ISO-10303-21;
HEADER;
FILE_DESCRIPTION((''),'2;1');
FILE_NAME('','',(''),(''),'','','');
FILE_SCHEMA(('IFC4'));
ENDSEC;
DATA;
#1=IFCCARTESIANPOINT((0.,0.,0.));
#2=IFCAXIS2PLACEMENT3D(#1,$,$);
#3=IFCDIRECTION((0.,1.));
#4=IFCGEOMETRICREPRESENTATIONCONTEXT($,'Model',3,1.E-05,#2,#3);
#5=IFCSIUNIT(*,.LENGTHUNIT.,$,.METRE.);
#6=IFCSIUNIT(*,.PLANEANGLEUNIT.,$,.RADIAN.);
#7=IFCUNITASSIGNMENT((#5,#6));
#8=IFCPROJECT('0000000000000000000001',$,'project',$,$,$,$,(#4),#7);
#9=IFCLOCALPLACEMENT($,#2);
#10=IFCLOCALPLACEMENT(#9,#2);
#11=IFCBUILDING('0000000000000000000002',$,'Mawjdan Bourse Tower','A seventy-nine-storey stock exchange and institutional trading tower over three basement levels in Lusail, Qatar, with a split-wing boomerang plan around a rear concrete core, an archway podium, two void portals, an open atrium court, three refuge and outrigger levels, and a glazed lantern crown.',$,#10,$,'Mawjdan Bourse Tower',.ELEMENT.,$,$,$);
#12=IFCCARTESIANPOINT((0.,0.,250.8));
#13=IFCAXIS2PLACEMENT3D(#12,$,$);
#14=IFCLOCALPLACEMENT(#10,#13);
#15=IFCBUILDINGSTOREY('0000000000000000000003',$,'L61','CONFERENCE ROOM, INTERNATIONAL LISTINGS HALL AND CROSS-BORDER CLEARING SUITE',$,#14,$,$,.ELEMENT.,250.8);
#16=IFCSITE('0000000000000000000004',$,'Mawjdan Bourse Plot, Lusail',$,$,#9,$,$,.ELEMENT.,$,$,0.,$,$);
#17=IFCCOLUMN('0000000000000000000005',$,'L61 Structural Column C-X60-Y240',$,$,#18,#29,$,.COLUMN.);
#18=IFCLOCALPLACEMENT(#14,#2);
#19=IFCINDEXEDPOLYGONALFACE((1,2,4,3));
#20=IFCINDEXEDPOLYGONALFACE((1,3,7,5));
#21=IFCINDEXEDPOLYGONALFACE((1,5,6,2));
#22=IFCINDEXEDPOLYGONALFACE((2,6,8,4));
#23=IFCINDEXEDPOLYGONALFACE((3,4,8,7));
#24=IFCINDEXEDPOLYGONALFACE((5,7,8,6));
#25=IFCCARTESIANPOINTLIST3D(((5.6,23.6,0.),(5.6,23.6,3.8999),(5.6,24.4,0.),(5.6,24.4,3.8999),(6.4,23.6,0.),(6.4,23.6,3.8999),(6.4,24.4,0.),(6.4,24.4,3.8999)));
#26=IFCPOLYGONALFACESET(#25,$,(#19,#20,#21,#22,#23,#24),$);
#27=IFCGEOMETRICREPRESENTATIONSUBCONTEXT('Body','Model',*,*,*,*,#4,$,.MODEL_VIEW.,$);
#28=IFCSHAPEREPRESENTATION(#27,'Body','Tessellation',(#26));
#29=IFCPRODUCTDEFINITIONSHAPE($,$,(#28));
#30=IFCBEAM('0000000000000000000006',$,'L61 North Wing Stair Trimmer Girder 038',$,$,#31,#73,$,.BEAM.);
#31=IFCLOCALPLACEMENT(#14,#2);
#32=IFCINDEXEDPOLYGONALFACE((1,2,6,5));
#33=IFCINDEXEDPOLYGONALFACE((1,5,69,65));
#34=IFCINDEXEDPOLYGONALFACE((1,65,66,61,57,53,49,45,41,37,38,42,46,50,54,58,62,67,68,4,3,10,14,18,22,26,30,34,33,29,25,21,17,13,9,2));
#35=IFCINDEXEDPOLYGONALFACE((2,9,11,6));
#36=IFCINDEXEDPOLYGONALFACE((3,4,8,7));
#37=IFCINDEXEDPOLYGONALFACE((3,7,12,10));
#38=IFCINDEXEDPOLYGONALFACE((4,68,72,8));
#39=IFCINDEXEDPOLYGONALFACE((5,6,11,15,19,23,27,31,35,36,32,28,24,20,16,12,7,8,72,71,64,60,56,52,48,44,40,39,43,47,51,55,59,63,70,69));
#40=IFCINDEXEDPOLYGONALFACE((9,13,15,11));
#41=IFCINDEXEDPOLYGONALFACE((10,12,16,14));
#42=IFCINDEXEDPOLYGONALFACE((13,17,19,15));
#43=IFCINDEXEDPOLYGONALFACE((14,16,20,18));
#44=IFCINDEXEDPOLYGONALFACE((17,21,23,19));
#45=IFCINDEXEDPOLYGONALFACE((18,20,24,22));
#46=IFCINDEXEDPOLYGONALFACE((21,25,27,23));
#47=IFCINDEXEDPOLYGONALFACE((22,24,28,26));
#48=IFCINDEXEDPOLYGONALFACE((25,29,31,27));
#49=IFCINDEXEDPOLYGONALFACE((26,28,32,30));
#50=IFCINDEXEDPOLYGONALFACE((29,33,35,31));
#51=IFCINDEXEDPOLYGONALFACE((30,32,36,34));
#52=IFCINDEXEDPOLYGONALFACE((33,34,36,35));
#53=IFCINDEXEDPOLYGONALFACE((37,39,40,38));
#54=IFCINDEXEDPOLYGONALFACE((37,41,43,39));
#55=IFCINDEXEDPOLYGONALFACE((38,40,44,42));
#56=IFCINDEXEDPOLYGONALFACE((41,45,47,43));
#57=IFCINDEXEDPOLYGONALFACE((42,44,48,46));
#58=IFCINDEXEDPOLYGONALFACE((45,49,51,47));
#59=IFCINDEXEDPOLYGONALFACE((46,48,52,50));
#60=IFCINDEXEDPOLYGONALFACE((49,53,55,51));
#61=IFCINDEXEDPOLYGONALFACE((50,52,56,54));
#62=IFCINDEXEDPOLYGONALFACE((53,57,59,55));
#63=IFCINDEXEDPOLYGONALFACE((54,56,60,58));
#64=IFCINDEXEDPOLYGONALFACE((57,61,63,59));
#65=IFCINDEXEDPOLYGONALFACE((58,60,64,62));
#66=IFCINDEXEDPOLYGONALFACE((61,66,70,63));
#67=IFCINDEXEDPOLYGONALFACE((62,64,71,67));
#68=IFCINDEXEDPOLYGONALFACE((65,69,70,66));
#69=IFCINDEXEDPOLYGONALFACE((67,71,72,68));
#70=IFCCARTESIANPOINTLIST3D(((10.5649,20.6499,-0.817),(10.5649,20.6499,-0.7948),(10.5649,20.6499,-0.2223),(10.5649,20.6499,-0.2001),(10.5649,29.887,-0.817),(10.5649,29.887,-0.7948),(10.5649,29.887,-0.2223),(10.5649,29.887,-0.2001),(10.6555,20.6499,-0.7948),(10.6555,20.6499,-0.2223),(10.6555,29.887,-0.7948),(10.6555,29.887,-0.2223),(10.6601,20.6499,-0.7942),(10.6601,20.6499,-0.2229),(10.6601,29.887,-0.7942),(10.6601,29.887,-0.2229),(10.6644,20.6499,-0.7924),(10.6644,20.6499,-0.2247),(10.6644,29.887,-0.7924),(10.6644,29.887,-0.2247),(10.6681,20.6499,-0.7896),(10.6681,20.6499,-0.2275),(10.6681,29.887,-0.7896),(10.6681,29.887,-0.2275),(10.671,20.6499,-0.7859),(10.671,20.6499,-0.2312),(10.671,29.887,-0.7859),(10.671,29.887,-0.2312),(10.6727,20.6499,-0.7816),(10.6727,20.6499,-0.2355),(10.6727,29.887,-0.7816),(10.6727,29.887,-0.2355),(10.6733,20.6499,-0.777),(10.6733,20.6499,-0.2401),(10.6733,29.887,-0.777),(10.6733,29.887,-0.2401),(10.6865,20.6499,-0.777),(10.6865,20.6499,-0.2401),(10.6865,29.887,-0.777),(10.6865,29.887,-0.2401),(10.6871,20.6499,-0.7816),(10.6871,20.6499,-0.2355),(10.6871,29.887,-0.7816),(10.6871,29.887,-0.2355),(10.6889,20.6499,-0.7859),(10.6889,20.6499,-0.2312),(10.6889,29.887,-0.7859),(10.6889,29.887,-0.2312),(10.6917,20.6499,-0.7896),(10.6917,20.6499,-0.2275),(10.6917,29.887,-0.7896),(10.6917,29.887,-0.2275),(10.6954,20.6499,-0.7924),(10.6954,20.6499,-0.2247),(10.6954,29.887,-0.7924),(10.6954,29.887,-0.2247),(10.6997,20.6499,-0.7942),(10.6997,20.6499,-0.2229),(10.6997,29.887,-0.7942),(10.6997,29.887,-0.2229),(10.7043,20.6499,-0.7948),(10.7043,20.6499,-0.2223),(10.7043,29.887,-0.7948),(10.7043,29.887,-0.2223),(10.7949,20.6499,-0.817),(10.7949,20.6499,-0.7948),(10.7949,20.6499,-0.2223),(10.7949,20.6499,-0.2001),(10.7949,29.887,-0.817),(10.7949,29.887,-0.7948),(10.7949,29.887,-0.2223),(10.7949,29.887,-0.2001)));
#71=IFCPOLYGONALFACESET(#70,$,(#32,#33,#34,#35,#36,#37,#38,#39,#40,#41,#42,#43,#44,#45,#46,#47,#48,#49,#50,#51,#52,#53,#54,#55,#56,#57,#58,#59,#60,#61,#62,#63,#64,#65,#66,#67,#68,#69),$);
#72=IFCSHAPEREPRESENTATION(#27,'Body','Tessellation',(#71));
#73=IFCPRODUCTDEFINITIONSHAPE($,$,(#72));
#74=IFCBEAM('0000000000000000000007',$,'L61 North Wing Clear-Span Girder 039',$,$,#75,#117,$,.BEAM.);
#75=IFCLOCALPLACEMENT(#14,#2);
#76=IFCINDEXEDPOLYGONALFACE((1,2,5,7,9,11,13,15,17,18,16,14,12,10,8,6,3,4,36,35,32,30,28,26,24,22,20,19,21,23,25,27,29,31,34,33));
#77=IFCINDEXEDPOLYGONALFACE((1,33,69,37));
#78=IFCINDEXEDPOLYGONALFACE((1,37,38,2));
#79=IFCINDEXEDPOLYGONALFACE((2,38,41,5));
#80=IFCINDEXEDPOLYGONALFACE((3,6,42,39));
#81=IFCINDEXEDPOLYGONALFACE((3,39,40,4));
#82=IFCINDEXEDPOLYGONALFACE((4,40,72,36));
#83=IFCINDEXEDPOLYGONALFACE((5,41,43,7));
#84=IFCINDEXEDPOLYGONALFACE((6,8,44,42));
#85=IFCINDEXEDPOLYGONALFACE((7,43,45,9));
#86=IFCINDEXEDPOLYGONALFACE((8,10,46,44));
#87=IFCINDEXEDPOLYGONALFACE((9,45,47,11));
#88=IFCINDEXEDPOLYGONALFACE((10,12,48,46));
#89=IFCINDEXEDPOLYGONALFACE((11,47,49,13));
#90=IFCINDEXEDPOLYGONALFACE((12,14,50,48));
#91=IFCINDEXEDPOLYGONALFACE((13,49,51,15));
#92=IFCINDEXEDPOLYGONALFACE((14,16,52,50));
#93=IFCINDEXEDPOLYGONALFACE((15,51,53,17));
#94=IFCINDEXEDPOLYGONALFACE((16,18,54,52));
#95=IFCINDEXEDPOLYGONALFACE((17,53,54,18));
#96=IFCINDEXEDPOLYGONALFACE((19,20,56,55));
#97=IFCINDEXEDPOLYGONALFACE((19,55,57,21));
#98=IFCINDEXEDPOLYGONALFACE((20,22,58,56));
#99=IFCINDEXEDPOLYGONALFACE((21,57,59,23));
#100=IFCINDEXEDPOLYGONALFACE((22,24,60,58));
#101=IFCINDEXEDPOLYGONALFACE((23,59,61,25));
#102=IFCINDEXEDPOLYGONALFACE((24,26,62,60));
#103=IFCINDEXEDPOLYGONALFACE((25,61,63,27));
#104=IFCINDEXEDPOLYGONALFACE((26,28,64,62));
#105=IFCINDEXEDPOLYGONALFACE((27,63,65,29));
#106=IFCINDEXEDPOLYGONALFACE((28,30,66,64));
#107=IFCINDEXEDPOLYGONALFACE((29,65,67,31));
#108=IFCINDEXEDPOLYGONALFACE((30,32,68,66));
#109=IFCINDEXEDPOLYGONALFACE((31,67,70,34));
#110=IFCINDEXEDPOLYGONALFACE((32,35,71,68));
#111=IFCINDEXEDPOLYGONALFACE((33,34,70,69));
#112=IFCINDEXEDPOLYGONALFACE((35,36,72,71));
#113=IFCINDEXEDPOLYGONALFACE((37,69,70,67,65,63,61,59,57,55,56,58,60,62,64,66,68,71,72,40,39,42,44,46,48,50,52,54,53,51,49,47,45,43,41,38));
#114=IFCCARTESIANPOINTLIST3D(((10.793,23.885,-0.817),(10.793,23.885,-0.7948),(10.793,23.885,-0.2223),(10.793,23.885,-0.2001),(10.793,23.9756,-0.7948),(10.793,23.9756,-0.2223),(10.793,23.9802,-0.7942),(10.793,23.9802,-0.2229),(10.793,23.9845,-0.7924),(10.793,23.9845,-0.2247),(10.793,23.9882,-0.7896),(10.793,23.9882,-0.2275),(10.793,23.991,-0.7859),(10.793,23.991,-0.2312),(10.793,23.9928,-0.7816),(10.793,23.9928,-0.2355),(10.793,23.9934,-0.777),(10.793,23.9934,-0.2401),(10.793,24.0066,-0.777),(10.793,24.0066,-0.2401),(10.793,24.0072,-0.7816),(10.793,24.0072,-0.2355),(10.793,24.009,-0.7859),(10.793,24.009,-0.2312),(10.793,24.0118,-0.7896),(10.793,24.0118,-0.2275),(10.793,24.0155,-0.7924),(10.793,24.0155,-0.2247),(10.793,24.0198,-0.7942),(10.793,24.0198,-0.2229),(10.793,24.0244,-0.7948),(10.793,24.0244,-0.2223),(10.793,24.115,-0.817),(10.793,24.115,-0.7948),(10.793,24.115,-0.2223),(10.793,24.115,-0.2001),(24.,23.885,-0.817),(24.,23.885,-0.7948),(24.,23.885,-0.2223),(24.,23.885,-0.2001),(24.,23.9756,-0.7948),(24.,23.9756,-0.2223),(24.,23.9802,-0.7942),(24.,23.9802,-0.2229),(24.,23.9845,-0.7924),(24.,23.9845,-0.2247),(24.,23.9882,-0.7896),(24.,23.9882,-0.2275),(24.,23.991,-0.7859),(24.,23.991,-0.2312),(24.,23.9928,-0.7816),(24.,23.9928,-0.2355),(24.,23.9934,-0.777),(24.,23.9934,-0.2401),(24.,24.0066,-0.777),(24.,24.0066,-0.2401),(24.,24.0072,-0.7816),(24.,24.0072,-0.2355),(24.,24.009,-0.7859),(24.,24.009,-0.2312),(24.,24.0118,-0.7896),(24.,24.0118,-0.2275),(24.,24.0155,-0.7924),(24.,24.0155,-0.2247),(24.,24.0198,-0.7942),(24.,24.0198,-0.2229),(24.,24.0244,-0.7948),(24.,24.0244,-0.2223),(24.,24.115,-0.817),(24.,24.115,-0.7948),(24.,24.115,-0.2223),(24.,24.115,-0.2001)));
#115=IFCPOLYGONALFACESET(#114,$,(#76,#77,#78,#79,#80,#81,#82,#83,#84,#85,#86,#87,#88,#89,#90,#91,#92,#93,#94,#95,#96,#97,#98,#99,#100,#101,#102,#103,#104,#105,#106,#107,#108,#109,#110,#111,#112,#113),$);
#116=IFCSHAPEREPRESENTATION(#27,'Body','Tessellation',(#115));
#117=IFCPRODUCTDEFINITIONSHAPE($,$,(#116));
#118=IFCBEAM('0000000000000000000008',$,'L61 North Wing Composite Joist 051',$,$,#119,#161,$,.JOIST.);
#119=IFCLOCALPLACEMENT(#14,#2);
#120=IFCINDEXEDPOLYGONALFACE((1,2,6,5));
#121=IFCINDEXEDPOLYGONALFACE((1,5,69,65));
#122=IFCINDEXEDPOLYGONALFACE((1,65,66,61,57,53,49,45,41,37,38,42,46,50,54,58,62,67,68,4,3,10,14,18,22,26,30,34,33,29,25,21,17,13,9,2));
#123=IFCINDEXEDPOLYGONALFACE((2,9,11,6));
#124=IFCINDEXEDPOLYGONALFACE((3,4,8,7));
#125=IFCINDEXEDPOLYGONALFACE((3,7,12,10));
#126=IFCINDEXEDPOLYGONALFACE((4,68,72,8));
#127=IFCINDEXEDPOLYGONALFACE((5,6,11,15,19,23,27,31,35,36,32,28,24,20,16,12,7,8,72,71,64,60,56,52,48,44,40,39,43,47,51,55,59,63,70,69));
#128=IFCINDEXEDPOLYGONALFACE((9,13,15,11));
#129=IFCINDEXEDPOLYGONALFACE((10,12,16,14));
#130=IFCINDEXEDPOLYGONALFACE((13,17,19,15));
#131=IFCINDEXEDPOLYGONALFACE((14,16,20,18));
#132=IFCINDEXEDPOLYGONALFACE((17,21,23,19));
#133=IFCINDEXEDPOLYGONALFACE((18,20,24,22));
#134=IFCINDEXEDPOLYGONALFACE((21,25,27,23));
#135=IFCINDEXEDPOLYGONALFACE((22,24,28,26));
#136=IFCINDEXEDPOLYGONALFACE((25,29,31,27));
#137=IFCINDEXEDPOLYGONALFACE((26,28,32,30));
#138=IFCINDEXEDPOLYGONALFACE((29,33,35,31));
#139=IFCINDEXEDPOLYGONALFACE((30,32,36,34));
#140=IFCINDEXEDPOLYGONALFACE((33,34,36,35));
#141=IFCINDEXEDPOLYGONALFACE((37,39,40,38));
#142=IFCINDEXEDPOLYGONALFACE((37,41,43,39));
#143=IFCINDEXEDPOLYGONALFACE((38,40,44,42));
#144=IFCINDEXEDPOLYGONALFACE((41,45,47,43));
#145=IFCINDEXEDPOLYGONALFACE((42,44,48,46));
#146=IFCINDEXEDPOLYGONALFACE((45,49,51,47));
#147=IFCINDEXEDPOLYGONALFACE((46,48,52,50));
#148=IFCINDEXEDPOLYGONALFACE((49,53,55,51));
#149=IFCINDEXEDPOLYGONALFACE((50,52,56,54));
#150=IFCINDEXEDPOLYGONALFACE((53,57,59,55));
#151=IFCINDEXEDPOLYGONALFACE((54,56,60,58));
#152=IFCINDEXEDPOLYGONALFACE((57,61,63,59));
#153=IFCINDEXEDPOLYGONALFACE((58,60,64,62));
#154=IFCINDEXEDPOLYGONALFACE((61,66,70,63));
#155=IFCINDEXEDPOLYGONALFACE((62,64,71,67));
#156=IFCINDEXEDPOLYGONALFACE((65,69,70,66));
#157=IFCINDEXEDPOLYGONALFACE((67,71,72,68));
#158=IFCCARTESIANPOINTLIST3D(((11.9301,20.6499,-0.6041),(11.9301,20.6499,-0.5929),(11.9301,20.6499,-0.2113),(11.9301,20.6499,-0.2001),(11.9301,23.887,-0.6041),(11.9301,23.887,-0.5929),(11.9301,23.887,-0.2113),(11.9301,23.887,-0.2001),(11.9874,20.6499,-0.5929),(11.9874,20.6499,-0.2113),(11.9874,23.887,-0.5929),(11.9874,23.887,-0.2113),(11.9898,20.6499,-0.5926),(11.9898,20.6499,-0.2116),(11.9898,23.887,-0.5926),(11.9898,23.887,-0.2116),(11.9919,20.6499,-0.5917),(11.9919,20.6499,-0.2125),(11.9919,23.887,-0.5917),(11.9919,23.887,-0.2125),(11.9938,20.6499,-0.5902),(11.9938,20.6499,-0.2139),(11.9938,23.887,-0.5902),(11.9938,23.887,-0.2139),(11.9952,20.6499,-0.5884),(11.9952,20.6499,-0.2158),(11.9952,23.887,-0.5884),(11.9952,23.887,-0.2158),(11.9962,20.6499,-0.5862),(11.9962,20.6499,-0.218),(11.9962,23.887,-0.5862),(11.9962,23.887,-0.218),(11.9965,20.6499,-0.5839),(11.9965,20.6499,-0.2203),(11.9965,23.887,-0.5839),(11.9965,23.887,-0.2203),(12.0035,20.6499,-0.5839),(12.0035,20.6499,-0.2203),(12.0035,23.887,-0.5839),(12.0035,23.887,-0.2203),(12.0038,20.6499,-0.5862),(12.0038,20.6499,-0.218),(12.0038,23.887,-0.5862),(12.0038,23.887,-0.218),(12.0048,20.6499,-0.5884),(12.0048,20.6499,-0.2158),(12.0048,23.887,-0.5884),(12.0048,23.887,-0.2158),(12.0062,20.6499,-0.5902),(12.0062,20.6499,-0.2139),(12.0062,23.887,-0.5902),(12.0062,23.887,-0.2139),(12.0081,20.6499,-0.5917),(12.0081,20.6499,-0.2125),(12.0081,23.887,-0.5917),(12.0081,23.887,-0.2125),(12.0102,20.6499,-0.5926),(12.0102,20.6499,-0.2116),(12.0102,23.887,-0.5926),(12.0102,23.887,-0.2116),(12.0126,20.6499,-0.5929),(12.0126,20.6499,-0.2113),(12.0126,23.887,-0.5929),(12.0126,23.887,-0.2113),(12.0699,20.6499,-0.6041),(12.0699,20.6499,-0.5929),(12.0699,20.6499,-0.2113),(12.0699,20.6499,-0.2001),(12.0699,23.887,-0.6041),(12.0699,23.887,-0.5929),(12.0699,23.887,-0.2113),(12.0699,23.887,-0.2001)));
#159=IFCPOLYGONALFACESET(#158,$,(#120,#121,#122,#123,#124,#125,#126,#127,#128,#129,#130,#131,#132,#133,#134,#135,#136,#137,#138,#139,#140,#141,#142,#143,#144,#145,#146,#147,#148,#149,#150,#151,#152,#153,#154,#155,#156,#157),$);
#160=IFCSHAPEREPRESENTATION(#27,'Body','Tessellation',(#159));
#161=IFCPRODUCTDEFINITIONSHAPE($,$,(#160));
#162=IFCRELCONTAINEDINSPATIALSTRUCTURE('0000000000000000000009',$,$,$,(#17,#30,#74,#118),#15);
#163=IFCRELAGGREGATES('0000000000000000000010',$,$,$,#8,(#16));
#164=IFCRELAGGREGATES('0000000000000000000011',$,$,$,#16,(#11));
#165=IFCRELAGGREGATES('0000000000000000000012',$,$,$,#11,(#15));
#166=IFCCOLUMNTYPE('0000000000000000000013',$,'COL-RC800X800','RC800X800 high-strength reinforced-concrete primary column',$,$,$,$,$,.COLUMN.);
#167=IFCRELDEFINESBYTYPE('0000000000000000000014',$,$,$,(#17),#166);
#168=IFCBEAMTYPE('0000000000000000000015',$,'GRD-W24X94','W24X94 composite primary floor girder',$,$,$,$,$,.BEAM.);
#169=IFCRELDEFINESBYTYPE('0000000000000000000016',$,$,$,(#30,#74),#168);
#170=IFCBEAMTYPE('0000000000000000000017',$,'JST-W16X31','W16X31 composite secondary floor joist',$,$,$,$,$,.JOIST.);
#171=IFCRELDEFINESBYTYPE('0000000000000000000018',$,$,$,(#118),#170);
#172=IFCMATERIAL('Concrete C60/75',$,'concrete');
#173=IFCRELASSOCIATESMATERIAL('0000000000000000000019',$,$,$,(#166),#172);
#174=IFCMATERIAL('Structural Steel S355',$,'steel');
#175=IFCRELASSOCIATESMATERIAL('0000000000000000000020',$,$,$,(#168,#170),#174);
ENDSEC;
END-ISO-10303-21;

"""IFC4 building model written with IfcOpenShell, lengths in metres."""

from ifc_helpers import new_model, si_unit, direction, frame, origin, origin_2d, place, context, subcontext, project, spatial, rectangle, i_section, extrude, material, material_profile, profile_set, type_object, element, save


model = new_model("IFC4")

# Units and contexts
model_context = context("Model", 3, precision=1e-05, world=origin(), true_north=direction((0.0, 1.0)))
body_context = subcontext(model_context, "Body", "Model", "MODEL_VIEW")
ifc_project = project(units=[si_unit("LENGTHUNIT", "METRE"), si_unit("PLANEANGLEUNIT", "RADIAN")], contexts=[model_context])

# Site, building, storey
site_placement = place(None, origin())
site = spatial("IfcSite", under=ifc_project, at=site_placement, Name="Mawjdan Bourse Plot, Lusail", CompositionType="ELEMENT", RefElevation=0.0)
building_placement = place(site_placement, origin())
building = spatial("IfcBuilding", under=site, at=building_placement, Name="Mawjdan Bourse Tower", Description="A seventy-nine-storey stock exchange and institutional trading tower over three basement levels in Lusail, Qatar, with a split-wing boomerang plan around a rear concrete core, an archway podium, two void portals, an open atrium court, three refuge and outrigger levels, and a glazed lantern crown.", LongName="Mawjdan Bourse Tower", CompositionType="ELEMENT")
storey_placement = place(building_placement, frame((0.0, 0.0, 250.8)))
storey = spatial("IfcBuildingStorey", under=building, at=storey_placement, Name="L61", Description="CONFERENCE ROOM, INTERNATIONAL LISTINGS HALL AND CROSS-BORDER CLEARING SUITE", CompositionType="ELEMENT", Elevation=250.8)

# Column
ifc_material_1 = material(Name="Concrete C60/75", Category="concrete")
ifc_material_profile_1 = material_profile(ifc_material_1, rectangle(XDim=0.8, YDim=0.8, at=origin_2d()), Name="RC800X800")
ifc_profile_set_1 = profile_set([ifc_material_profile_1], Name="Concrete C60/75")
column_type = type_object("IfcColumnType", Name="COL-RC800X800", Description="RC800X800 high-strength reinforced-concrete primary column", PredefinedType="COLUMN", material=ifc_profile_set_1)
column_placement = place(storey_placement, frame((6.0, 24.0, 0.0), z_axis=(0.0, 0.0, 1.0), x_axis=(1.0, 0.0, 0.0)))
element("IfcColumn", 1, at=column_placement, inside=storey, type_object=column_type, Name="L61 Structural Column C-X60-Y240", PredefinedType="COLUMN", context=body_context, shape_type="SweptSolid", body=[
    extrude(rectangle(XDim=0.8, YDim=0.8, at=origin_2d()), origin(), (0.0, 0.0, 1.0), 3.8999),
])

# Beams
ifc_material_2 = material(Name="Structural Steel S355", Category="steel")
ifc_material_profile_2 = material_profile(ifc_material_2, i_section(OverallWidth=0.23, OverallDepth=0.6169, WebThickness=0.0132, FlangeThickness=0.0222, FilletRadius=0.0178, at=origin_2d()), Name="W24X94")
ifc_profile_set_2 = profile_set([ifc_material_profile_2], Name="Structural Steel S355")
beam_type_1 = type_object("IfcBeamType", Name="GRD-W24X94", Description="W24X94 composite primary floor girder", PredefinedType="BEAM", material=ifc_profile_set_2)
beam_1_placement = place(storey_placement, frame((10.6799, 20.6499, -0.5085), z_axis=(0.0, 1.0, 0.0), x_axis=(-1.0, 0.0, 0.0)))
element("IfcBeam", 2, at=beam_1_placement, inside=storey, type_object=beam_type_1, Name="L61 North Wing Stair Trimmer Girder 038", PredefinedType="BEAM", context=body_context, shape_type="SweptSolid", body=[
    extrude(i_section(OverallWidth=0.23, OverallDepth=0.6169, WebThickness=0.0132, FlangeThickness=0.0222, FilletRadius=0.0178, at=origin_2d()), origin(), (0.0, 0.0, 1.0), 9.2371),
])
beam_2_placement = place(storey_placement, frame((10.793, 24.0, -0.5085), z_axis=(1.0, 0.0, 0.0), x_axis=(0.0, 1.0, 0.0)))
element("IfcBeam", 3, at=beam_2_placement, inside=storey, type_object=beam_type_1, Name="L61 North Wing Clear-Span Girder 039", PredefinedType="BEAM", context=body_context, shape_type="SweptSolid", body=[
    extrude(i_section(OverallWidth=0.23, OverallDepth=0.6169, WebThickness=0.0132, FlangeThickness=0.0222, FilletRadius=0.0178, at=origin_2d()), origin(), (0.0, 0.0, 1.0), 13.207),
])
ifc_material_profile_3 = material_profile(ifc_material_2, i_section(OverallWidth=0.1399, OverallDepth=0.4041, WebThickness=0.0071, FlangeThickness=0.0112, FilletRadius=0.009, at=origin_2d()), Name="W16X31")
ifc_profile_set_3 = profile_set([ifc_material_profile_3], Name="Structural Steel S355")
beam_type_2 = type_object("IfcBeamType", Name="JST-W16X31", Description="W16X31 composite secondary floor joist", PredefinedType="JOIST", material=ifc_profile_set_3)
beam_3_placement = place(storey_placement, frame((12.0, 20.6499, -0.4021), z_axis=(0.0, 1.0, 0.0), x_axis=(-1.0, 0.0, 0.0)))
element("IfcBeam", 4, at=beam_3_placement, inside=storey, type_object=beam_type_2, Name="L61 North Wing Composite Joist 051", PredefinedType="JOIST", context=body_context, shape_type="SweptSolid", body=[
    extrude(i_section(OverallWidth=0.1399, OverallDepth=0.4041, WebThickness=0.0071, FlangeThickness=0.0112, FilletRadius=0.009, at=origin_2d()), origin(), (0.0, 0.0, 1.0), 3.2371),
])

save(model, "model.ifc")
